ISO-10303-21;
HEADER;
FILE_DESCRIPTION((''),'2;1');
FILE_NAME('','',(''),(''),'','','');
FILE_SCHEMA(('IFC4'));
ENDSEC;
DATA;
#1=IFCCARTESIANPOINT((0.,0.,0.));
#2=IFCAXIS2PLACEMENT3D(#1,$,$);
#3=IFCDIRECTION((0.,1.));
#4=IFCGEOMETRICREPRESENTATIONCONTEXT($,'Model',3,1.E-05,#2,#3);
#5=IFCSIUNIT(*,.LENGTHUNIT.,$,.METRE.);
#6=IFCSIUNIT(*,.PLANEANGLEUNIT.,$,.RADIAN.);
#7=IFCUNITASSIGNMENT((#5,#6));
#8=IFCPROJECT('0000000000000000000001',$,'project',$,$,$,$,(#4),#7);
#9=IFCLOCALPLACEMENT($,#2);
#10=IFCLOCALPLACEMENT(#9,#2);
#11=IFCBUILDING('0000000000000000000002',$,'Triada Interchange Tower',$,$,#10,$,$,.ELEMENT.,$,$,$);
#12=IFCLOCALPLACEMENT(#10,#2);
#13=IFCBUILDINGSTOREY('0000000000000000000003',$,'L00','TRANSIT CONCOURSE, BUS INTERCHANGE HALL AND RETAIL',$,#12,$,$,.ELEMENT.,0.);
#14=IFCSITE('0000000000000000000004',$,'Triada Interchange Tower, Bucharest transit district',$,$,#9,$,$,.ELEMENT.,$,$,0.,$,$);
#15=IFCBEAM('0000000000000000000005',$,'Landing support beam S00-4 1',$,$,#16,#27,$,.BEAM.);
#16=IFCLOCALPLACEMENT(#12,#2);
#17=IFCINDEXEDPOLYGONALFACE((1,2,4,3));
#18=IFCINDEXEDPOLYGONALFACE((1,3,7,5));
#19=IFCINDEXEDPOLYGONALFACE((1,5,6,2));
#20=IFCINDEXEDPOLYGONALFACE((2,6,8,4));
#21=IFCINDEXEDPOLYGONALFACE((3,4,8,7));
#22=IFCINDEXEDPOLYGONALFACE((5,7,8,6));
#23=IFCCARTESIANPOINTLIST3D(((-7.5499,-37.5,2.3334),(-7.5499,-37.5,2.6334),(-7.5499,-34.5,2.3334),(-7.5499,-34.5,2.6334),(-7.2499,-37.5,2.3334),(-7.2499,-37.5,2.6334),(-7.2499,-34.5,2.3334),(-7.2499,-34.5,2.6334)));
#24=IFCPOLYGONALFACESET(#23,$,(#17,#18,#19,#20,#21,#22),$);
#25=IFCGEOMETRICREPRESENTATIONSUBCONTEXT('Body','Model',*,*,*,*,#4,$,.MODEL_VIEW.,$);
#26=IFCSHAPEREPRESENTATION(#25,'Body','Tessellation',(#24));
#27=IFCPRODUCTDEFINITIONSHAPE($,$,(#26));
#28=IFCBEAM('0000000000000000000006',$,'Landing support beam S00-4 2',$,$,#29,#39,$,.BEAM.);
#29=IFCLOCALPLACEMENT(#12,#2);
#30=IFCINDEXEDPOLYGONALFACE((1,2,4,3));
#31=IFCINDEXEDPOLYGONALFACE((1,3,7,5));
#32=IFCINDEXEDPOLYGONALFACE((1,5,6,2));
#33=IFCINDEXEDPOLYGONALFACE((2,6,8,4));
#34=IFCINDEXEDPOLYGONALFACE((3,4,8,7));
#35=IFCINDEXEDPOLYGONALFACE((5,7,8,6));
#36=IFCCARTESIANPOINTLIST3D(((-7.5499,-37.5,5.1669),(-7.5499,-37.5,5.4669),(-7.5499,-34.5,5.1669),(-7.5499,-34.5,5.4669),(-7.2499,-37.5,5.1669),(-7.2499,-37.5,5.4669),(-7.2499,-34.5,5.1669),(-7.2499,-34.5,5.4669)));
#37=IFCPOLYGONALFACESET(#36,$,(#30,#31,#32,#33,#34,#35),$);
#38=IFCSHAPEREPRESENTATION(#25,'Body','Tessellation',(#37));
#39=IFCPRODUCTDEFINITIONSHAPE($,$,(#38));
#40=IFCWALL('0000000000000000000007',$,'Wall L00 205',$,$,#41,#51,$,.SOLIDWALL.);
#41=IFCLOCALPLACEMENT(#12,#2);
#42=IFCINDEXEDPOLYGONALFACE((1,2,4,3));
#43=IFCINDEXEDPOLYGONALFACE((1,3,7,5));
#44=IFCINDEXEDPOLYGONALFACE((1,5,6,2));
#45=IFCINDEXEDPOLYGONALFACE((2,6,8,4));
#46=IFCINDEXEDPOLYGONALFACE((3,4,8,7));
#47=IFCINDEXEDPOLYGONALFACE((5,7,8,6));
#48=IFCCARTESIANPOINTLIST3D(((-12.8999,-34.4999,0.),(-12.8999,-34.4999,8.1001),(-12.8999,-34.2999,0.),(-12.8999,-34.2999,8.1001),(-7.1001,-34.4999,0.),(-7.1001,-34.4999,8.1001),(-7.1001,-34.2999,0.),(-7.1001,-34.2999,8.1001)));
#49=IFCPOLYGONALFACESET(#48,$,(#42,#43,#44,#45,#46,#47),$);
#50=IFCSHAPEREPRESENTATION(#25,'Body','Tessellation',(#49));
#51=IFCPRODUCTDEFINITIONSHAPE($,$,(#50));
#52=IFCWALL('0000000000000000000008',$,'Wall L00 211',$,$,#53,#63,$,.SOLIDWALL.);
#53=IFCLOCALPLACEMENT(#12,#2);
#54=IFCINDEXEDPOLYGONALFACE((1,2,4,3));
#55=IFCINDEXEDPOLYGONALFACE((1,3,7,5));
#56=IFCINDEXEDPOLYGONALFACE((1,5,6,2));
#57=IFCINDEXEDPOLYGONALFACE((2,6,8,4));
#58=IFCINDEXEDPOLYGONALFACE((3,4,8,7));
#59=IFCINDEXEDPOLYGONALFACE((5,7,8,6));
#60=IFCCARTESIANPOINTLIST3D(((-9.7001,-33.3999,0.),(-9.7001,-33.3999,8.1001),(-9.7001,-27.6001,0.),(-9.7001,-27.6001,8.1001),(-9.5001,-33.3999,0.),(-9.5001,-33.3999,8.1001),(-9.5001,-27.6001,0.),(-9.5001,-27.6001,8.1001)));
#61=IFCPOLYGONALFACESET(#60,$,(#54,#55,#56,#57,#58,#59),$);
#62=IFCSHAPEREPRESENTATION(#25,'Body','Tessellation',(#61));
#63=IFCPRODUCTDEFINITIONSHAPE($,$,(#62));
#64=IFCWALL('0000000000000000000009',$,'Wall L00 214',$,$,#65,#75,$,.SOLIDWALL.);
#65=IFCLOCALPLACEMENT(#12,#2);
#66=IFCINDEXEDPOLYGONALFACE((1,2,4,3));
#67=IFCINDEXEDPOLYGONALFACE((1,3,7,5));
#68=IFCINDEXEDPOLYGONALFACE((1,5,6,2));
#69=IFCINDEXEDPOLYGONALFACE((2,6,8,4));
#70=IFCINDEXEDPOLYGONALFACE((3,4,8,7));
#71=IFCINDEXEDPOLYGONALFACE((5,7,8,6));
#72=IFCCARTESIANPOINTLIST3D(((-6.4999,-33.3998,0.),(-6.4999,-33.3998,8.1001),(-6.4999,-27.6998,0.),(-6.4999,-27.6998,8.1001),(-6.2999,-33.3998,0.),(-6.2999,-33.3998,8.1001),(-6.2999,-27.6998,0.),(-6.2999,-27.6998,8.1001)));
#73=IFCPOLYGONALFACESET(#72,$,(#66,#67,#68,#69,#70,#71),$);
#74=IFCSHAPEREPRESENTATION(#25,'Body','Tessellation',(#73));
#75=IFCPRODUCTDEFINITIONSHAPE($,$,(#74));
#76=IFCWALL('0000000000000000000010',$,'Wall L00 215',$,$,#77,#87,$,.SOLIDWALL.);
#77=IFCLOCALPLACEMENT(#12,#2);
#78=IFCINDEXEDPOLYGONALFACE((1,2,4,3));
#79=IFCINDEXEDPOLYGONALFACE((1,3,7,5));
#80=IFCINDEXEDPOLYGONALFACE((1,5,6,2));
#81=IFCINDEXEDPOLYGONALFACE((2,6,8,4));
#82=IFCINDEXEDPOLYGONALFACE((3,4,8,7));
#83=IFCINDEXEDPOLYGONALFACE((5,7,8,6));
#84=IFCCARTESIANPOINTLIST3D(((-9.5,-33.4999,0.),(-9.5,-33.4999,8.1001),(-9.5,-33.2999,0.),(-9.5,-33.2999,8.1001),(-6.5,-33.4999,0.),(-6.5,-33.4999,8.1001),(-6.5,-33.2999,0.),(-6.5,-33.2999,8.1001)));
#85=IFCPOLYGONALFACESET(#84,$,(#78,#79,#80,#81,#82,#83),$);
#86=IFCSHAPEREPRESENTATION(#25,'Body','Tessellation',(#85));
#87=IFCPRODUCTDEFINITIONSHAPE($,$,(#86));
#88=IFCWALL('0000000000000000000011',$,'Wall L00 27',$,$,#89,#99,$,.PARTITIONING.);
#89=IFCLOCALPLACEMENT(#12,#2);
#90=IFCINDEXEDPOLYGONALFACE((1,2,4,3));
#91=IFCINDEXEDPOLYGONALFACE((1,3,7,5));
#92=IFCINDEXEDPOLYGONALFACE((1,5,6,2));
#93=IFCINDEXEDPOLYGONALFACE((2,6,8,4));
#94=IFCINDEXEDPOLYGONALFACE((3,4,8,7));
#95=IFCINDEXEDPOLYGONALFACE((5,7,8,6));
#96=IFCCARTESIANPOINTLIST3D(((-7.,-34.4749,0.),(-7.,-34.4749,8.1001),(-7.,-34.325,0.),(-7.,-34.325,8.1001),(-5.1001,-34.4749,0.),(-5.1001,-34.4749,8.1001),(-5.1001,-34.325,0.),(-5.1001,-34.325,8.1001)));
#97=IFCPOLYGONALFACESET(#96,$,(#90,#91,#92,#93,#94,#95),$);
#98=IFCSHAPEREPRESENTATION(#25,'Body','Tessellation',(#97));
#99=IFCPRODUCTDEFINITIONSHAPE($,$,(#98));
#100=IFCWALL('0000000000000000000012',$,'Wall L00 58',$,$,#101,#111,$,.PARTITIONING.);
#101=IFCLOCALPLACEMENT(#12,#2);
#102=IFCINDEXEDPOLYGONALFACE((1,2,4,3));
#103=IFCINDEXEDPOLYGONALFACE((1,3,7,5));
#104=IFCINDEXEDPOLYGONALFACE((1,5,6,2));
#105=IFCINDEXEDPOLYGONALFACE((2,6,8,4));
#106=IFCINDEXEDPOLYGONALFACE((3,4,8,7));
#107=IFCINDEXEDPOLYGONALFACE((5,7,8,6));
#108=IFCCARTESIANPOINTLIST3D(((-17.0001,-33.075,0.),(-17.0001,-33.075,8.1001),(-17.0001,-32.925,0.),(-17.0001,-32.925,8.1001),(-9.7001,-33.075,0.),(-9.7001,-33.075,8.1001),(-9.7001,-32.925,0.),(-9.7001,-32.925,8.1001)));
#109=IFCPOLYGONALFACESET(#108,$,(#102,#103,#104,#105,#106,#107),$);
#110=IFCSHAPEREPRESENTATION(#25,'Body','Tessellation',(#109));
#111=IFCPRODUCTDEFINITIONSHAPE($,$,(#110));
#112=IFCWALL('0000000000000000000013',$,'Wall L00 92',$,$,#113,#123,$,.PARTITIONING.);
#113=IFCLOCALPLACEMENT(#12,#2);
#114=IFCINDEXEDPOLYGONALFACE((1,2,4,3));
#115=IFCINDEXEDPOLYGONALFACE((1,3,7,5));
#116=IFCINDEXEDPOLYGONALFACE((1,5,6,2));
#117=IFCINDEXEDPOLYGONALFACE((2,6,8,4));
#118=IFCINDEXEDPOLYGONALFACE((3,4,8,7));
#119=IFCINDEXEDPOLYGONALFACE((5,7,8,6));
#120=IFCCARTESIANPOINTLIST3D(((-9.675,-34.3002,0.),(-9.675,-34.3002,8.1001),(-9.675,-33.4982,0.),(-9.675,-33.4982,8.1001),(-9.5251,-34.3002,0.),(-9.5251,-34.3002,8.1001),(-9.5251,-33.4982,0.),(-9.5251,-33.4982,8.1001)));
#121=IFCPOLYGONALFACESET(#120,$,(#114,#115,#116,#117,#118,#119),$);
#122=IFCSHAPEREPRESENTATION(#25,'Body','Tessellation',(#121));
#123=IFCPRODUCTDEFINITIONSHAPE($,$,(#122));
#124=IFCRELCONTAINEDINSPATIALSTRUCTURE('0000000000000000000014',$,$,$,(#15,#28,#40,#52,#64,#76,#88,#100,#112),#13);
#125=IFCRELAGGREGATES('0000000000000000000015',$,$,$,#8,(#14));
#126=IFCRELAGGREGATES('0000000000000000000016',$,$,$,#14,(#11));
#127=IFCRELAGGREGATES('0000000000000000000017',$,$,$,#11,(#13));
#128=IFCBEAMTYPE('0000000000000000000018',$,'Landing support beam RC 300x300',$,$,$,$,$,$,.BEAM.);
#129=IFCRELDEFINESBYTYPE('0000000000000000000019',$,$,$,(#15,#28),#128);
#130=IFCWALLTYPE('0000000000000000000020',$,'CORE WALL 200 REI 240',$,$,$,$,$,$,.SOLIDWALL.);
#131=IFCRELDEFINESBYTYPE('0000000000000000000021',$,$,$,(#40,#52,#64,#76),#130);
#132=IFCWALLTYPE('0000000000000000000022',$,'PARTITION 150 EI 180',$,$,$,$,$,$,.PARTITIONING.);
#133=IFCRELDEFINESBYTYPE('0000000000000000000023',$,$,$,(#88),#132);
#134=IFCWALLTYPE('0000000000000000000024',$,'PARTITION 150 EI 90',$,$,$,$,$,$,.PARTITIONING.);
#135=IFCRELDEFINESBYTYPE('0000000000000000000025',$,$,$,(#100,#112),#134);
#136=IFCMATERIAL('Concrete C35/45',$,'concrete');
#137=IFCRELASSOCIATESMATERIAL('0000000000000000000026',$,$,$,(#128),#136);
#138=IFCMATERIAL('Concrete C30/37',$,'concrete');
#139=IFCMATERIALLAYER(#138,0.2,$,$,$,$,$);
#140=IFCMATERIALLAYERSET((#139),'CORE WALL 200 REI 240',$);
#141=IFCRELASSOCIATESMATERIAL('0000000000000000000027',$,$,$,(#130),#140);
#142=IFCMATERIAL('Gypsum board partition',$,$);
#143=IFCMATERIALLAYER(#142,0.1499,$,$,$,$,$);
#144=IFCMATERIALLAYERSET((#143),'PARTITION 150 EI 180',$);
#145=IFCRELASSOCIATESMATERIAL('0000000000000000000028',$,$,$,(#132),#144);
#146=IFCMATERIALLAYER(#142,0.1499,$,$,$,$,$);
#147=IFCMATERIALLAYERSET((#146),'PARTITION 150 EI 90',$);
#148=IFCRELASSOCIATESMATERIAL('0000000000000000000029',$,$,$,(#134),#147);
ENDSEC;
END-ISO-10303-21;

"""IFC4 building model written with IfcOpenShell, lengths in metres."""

from ifc_helpers import new_model, si_unit, direction, frame, frame_2d, origin, origin_2d, place, context, subcontext, project, spatial, rectangle, extrude, material, layer, layer_set, material_profile, profile_set, type_object, element, save


model = new_model("IFC4")

# Units and contexts
model_context = context("Model", 3, precision=1e-05, world=origin(), true_north=direction((0.0, 1.0)))
body_context = subcontext(model_context, "Body", "Model", "MODEL_VIEW")
ifc_project = project(units=[si_unit("LENGTHUNIT", "METRE"), si_unit("PLANEANGLEUNIT", "RADIAN")], contexts=[model_context])

# Site, building, storey
site_placement = place(None, origin())
site = spatial("IfcSite", under=ifc_project, at=site_placement, Name="Triada Interchange Tower, Bucharest transit district", CompositionType="ELEMENT", RefElevation=0.0)
building_placement = place(site_placement, origin())
building = spatial("IfcBuilding", under=site, at=building_placement, Name="Triada Interchange Tower", CompositionType="ELEMENT")
storey_placement = place(building_placement, origin())
storey = spatial("IfcBuildingStorey", under=building, at=storey_placement, Name="L00", Description="TRANSIT CONCOURSE, BUS INTERCHANGE HALL AND RETAIL", CompositionType="ELEMENT", Elevation=0.0)

# Beams
ifc_material_1 = material(Name="Concrete C35/45", Category="concrete")
ifc_material_profile = material_profile(ifc_material_1, rectangle(XDim=0.3, YDim=0.3, at=origin_2d()), Name="RC 300x300")
ifc_profile_set = profile_set([ifc_material_profile], Name="Concrete C35/45")
beam_type = type_object("IfcBeamType", Name="Landing support beam RC 300x300", PredefinedType="BEAM", material=ifc_profile_set)
for number, where, z_axis, x_axis, name in (
    (1, (-7.3999, -37.5, 2.4834), (0.0, 1.0, 0.0), (-1.0, 0.0, 0.0), "Landing support beam S00-4 1"),
    (2, (-7.3999, -37.5, 5.3169), (0.0, 1.0, 0.0), (-1.0, 0.0, 0.0), "Landing support beam S00-4 2"),
):
    element("IfcBeam", number, at=place(storey_placement, frame(where, z_axis=z_axis, x_axis=x_axis)), inside=storey, type_object=beam_type, Name=name, PredefinedType="BEAM", context=body_context, shape_type="SweptSolid", body=[
        extrude(rectangle(XDim=0.3, YDim=0.3, at=origin_2d()), origin(), (0.0, 0.0, 1.0), 3.0),
    ])

# Walls
ifc_material_2 = material(Name="Concrete C30/37", Category="concrete")
ifc_layer_1 = layer(ifc_material_2, 0.2)
ifc_layer_set_1 = layer_set([ifc_layer_1], Name="CORE WALL 200 REI 240")
wall_type_1 = type_object("IfcWallType", Name="CORE WALL 200 REI 240", PredefinedType="SOLIDWALL", material=ifc_layer_set_1)
for number, where, z_axis, x_axis, name in (
    (3, (-12.8999, -34.3999, 0.0), (0.0, 0.0, 1.0), (1.0, 0.0, 0.0), "Wall L00 205"),
    (4, (-9.6001, -33.3999, 0.0), (0.0, 0.0, 1.0), (0.0, 1.0, 0.0), "Wall L00 211"),
):
    element("IfcWall", number, at=place(storey_placement, frame(where, z_axis=z_axis, x_axis=x_axis)), inside=storey, type_object=wall_type_1, Name=name, PredefinedType="SOLIDWALL", context=body_context, shape_type="SweptSolid", body=[
        extrude(rectangle(XDim=5.7998, YDim=0.2, at=frame_2d((2.8999, 0.0))), origin(), (0.0, 0.0, 1.0), 8.1001),
    ])
wall_1_placement = place(storey_placement, frame((-6.3999, -33.3999, 0.0), z_axis=(0.0, 0.0, 1.0), x_axis=(0.0, 1.0, 0.0)))
element("IfcWall", 5, at=wall_1_placement, inside=storey, type_object=wall_type_1, Name="Wall L00 214", PredefinedType="SOLIDWALL", context=body_context, shape_type="SweptSolid", body=[
    extrude(rectangle(XDim=5.7, YDim=0.2, at=frame_2d((2.8501, 0.0))), origin(), (0.0, 0.0, 1.0), 8.1001),
])
wall_2_placement = place(storey_placement, frame((-9.5, -33.3999, 0.0), z_axis=(0.0, 0.0, 1.0), x_axis=(1.0, 0.0, 0.0)))
element("IfcWall", 6, at=wall_2_placement, inside=storey, type_object=wall_type_1, Name="Wall L00 215", PredefinedType="SOLIDWALL", context=body_context, shape_type="SweptSolid", body=[
    extrude(rectangle(XDim=3.0, YDim=0.2, at=frame_2d((1.5, 0.0))), origin(), (0.0, 0.0, 1.0), 8.1001),
])
ifc_material_3 = material(Name="Gypsum board partition")
ifc_layer_2 = layer(ifc_material_3, 0.1499)
ifc_layer_set_2 = layer_set([ifc_layer_2], Name="PARTITION 150 EI 180")
wall_type_2 = type_object("IfcWallType", Name="PARTITION 150 EI 180", PredefinedType="PARTITIONING", material=ifc_layer_set_2)
wall_3_placement = place(storey_placement, frame((-7.0, -34.3999, 0.0), z_axis=(0.0, 0.0, 1.0), x_axis=(1.0, 0.0, 0.0)))
element("IfcWall", 7, at=wall_3_placement, inside=storey, type_object=wall_type_2, Name="Wall L00 27", PredefinedType="PARTITIONING", context=body_context, shape_type="SweptSolid", body=[
    extrude(rectangle(XDim=1.8999, YDim=0.1499, at=frame_2d((0.95, 0.0))), origin(), (0.0, 0.0, 1.0), 8.1001),
])
ifc_layer_3 = layer(ifc_material_3, 0.1499)
ifc_layer_set_3 = layer_set([ifc_layer_3], Name="PARTITION 150 EI 90")
wall_type_3 = type_object("IfcWallType", Name="PARTITION 150 EI 90", PredefinedType="PARTITIONING", material=ifc_layer_set_3)
wall_4_placement = place(storey_placement, frame((-17.0, -33.0, 0.0), z_axis=(0.0, 0.0, 1.0), x_axis=(1.0, 0.0, 0.0)))
element("IfcWall", 8, at=wall_4_placement, inside=storey, type_object=wall_type_3, Name="Wall L00 58", PredefinedType="PARTITIONING", context=body_context, shape_type="SweptSolid", body=[
    extrude(rectangle(XDim=7.3, YDim=0.1499, at=frame_2d((3.6499, 0.0))), origin(), (0.0, 0.0, 1.0), 8.1001),
])
wall_5_placement = place(storey_placement, frame((-9.6001, -34.3, 0.0), z_axis=(0.0, 0.0, 1.0), x_axis=(0.0, 1.0, 0.0)))
element("IfcWall", 9, at=wall_5_placement, inside=storey, type_object=wall_type_3, Name="Wall L00 92", PredefinedType="PARTITIONING", context=body_context, shape_type="SweptSolid", body=[
    extrude(rectangle(XDim=0.802, YDim=0.1499, at=frame_2d((0.4009, 0.0))), origin(), (0.0, 0.0, 1.0), 8.1001),
])

save(model, "model.ifc")
